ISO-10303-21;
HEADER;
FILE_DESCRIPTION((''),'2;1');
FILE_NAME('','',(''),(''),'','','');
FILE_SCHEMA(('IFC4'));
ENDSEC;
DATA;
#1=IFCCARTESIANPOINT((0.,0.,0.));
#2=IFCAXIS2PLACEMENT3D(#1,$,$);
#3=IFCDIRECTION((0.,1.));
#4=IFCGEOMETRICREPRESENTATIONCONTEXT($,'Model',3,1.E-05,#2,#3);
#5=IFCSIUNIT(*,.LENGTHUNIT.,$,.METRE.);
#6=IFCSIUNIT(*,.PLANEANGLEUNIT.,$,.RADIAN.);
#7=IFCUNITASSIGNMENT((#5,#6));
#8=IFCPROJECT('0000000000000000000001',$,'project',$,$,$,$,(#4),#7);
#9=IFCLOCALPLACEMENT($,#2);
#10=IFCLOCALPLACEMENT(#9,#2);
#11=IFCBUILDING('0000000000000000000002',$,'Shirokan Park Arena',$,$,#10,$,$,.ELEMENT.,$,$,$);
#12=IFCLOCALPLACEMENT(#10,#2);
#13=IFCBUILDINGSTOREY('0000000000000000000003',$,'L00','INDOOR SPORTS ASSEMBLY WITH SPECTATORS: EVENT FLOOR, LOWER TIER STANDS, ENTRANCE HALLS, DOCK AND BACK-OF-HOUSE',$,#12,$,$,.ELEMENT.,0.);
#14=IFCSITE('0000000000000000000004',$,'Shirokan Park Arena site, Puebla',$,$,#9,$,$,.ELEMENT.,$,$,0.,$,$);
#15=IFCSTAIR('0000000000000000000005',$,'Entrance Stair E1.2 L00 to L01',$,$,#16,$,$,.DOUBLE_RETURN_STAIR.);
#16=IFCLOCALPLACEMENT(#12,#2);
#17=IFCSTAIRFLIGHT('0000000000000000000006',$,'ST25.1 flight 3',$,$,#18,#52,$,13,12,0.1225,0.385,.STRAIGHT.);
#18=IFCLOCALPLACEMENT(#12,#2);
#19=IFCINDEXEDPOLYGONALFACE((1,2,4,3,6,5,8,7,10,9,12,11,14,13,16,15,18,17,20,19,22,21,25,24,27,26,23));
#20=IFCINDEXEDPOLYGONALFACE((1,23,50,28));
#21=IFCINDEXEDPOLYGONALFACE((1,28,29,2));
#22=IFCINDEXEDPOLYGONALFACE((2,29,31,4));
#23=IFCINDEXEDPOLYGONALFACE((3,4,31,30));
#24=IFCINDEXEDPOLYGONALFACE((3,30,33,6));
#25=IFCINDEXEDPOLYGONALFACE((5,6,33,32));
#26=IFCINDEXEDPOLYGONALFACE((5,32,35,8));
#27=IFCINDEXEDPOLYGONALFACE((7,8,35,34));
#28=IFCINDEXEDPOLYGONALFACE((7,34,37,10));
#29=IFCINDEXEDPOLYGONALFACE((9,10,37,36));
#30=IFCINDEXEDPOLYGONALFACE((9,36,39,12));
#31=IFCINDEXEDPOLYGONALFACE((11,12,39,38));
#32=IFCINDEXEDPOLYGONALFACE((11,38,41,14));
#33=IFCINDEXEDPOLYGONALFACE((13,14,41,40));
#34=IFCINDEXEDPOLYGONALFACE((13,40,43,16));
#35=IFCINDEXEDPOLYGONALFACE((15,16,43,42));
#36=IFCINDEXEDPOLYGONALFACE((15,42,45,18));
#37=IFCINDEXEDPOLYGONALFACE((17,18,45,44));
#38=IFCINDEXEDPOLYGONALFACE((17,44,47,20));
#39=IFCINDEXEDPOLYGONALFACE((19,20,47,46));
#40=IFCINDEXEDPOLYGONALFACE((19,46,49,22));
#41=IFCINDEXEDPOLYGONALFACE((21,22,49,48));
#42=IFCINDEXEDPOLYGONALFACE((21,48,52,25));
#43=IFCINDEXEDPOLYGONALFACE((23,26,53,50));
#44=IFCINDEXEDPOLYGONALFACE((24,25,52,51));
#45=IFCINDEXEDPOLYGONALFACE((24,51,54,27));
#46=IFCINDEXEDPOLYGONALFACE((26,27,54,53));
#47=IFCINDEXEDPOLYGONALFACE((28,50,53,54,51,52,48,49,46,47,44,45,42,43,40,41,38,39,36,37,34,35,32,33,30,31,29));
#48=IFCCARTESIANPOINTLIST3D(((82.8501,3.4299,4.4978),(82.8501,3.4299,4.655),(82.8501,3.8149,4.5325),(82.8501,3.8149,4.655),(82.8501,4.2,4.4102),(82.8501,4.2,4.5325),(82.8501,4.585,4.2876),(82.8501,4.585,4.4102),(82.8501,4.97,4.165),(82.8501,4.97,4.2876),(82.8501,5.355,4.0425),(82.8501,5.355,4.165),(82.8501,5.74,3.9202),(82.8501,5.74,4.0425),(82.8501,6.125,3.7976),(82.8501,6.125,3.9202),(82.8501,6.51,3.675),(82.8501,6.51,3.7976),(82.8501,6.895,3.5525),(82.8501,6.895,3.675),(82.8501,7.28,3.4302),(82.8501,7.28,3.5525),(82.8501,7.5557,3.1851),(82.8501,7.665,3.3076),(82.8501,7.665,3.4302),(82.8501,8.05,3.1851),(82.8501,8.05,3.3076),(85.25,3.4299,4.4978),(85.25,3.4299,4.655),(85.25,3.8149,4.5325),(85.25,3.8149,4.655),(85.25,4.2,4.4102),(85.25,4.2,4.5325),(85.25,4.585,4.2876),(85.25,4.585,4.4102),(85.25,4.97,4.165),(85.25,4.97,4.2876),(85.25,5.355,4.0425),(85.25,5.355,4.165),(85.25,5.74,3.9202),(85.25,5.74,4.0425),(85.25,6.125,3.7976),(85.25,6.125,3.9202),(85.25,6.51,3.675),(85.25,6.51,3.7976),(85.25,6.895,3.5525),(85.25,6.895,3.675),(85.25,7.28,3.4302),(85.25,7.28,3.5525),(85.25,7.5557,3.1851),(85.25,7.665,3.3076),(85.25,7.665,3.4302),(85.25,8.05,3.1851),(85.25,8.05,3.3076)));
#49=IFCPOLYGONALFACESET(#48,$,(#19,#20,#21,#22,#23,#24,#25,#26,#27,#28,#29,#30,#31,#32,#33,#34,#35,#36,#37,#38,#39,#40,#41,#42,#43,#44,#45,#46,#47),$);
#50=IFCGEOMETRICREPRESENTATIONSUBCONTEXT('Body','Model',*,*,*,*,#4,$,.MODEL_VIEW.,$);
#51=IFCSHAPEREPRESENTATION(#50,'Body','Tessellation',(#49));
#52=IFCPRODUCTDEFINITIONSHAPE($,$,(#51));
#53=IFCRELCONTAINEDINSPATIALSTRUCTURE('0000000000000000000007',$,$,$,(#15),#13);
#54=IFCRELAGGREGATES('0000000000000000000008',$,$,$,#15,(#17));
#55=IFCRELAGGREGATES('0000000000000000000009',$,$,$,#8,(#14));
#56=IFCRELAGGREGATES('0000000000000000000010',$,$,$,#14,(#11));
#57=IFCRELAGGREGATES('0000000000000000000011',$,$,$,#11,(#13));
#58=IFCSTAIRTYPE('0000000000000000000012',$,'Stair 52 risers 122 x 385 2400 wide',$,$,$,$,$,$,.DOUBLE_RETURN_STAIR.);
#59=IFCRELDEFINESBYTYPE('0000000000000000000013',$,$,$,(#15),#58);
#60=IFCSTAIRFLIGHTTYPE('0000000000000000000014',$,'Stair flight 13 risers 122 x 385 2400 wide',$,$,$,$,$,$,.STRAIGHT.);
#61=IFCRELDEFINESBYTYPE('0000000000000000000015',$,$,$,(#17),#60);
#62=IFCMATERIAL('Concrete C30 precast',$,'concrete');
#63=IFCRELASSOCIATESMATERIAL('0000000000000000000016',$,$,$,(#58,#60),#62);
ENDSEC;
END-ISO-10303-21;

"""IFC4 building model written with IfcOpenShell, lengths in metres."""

from ifc_helpers import new_model, si_unit, direction, frame, origin, place, context, subcontext, project, spatial, polyline, outline, extrude, material, type_object, element, aggregate, save


model = new_model("IFC4")

# Units and contexts
model_context = context("Model", 3, precision=1e-05, world=origin(), true_north=direction((0.0, 1.0)))
body_context = subcontext(model_context, "Body", "Model", "MODEL_VIEW")
ifc_project = project(units=[si_unit("LENGTHUNIT", "METRE"), si_unit("PLANEANGLEUNIT", "RADIAN")], contexts=[model_context])

# Site, building, storey
site_placement = place(None, origin())
site = spatial("IfcSite", under=ifc_project, at=site_placement, Name="Shirokan Park Arena site, Puebla", CompositionType="ELEMENT", RefElevation=0.0)
building_placement = place(site_placement, origin())
building = spatial("IfcBuilding", under=site, at=building_placement, Name="Shirokan Park Arena", CompositionType="ELEMENT")
storey_placement = place(building_placement, origin())
storey = spatial("IfcBuildingStorey", under=building, at=storey_placement, Name="L00", Description="INDOOR SPORTS ASSEMBLY WITH SPECTATORS: EVENT FLOOR, LOWER TIER STANDS, ENTRANCE HALLS, DOCK AND BACK-OF-HOUSE", CompositionType="ELEMENT", Elevation=0.0)

# Stair, stair flight
ifc_material_1 = material(Name="Concrete C30 precast", Category="concrete")
stair_type = type_object("IfcStairType", Name="Stair 52 risers 122 x 385 2400 wide", PredefinedType="DOUBLE_RETURN_STAIR", material=ifc_material_1)
stair_placement = place(storey_placement, origin())
stair = element("IfcStair", 1, at=stair_placement, inside=storey, type_object=stair_type, Name="Entrance Stair E1.2 L00 to L01", PredefinedType="DOUBLE_RETURN_STAIR")
stair_flight_type = type_object("IfcStairFlightType", Name="Stair flight 13 risers 122 x 385 2400 wide", PredefinedType="STRAIGHT", material=ifc_material_1)
stair_flight_1_placement = place(storey_placement, frame((84.05, 8.05, 3.1851), z_axis=(0.0, 0.0, 1.0), x_axis=(0.0, -1.0, 0.0)))
stair_flight_1 = element("IfcStairFlight", 2, at=stair_flight_1_placement, type_object=stair_flight_type, Name="ST25.1 flight 3", NumberOfRisers=13, NumberOfTreads=12, PredefinedType="STRAIGHT", RiserHeight=0.1225, TreadLength=0.385, context=body_context, shape_type="SweptSolid", body=[
    extrude(outline(polyline([(0.0, 0.0), (0.0, 0.1226), (0.385, 0.1226), (0.385, 0.2451), (0.77, 0.2451), (0.77, 0.3674), (1.155, 0.3674), (1.155, 0.49), (1.54, 0.49), (1.54, 0.6125), (1.925, 0.6125), (1.925, 0.7351), (2.3101, 0.7351), (2.3101, 0.8574), (2.6951, 0.8574), (2.6951, 0.98), (3.0801, 0.98), (3.0801, 1.1025), (3.4651, 1.1025), (3.4651, 1.2251), (3.8501, 1.2251), (3.8501, 1.3474), (4.2351, 1.3474), (4.2351, 1.47), (4.6201, 1.47), (4.6201, 1.5925), (4.6201, 1.3127), (0.4944, 0.0), (0.0, 0.0)])), frame((0.0, 1.2, 0.0), z_axis=(0.0, -1.0, 0.0), x_axis=(1.0, 0.0, 0.0)), (0.0, 0.0, 1.0), 2.3999),
])
aggregate(stair, [stair_flight_1])

save(model, "model.ifc")
